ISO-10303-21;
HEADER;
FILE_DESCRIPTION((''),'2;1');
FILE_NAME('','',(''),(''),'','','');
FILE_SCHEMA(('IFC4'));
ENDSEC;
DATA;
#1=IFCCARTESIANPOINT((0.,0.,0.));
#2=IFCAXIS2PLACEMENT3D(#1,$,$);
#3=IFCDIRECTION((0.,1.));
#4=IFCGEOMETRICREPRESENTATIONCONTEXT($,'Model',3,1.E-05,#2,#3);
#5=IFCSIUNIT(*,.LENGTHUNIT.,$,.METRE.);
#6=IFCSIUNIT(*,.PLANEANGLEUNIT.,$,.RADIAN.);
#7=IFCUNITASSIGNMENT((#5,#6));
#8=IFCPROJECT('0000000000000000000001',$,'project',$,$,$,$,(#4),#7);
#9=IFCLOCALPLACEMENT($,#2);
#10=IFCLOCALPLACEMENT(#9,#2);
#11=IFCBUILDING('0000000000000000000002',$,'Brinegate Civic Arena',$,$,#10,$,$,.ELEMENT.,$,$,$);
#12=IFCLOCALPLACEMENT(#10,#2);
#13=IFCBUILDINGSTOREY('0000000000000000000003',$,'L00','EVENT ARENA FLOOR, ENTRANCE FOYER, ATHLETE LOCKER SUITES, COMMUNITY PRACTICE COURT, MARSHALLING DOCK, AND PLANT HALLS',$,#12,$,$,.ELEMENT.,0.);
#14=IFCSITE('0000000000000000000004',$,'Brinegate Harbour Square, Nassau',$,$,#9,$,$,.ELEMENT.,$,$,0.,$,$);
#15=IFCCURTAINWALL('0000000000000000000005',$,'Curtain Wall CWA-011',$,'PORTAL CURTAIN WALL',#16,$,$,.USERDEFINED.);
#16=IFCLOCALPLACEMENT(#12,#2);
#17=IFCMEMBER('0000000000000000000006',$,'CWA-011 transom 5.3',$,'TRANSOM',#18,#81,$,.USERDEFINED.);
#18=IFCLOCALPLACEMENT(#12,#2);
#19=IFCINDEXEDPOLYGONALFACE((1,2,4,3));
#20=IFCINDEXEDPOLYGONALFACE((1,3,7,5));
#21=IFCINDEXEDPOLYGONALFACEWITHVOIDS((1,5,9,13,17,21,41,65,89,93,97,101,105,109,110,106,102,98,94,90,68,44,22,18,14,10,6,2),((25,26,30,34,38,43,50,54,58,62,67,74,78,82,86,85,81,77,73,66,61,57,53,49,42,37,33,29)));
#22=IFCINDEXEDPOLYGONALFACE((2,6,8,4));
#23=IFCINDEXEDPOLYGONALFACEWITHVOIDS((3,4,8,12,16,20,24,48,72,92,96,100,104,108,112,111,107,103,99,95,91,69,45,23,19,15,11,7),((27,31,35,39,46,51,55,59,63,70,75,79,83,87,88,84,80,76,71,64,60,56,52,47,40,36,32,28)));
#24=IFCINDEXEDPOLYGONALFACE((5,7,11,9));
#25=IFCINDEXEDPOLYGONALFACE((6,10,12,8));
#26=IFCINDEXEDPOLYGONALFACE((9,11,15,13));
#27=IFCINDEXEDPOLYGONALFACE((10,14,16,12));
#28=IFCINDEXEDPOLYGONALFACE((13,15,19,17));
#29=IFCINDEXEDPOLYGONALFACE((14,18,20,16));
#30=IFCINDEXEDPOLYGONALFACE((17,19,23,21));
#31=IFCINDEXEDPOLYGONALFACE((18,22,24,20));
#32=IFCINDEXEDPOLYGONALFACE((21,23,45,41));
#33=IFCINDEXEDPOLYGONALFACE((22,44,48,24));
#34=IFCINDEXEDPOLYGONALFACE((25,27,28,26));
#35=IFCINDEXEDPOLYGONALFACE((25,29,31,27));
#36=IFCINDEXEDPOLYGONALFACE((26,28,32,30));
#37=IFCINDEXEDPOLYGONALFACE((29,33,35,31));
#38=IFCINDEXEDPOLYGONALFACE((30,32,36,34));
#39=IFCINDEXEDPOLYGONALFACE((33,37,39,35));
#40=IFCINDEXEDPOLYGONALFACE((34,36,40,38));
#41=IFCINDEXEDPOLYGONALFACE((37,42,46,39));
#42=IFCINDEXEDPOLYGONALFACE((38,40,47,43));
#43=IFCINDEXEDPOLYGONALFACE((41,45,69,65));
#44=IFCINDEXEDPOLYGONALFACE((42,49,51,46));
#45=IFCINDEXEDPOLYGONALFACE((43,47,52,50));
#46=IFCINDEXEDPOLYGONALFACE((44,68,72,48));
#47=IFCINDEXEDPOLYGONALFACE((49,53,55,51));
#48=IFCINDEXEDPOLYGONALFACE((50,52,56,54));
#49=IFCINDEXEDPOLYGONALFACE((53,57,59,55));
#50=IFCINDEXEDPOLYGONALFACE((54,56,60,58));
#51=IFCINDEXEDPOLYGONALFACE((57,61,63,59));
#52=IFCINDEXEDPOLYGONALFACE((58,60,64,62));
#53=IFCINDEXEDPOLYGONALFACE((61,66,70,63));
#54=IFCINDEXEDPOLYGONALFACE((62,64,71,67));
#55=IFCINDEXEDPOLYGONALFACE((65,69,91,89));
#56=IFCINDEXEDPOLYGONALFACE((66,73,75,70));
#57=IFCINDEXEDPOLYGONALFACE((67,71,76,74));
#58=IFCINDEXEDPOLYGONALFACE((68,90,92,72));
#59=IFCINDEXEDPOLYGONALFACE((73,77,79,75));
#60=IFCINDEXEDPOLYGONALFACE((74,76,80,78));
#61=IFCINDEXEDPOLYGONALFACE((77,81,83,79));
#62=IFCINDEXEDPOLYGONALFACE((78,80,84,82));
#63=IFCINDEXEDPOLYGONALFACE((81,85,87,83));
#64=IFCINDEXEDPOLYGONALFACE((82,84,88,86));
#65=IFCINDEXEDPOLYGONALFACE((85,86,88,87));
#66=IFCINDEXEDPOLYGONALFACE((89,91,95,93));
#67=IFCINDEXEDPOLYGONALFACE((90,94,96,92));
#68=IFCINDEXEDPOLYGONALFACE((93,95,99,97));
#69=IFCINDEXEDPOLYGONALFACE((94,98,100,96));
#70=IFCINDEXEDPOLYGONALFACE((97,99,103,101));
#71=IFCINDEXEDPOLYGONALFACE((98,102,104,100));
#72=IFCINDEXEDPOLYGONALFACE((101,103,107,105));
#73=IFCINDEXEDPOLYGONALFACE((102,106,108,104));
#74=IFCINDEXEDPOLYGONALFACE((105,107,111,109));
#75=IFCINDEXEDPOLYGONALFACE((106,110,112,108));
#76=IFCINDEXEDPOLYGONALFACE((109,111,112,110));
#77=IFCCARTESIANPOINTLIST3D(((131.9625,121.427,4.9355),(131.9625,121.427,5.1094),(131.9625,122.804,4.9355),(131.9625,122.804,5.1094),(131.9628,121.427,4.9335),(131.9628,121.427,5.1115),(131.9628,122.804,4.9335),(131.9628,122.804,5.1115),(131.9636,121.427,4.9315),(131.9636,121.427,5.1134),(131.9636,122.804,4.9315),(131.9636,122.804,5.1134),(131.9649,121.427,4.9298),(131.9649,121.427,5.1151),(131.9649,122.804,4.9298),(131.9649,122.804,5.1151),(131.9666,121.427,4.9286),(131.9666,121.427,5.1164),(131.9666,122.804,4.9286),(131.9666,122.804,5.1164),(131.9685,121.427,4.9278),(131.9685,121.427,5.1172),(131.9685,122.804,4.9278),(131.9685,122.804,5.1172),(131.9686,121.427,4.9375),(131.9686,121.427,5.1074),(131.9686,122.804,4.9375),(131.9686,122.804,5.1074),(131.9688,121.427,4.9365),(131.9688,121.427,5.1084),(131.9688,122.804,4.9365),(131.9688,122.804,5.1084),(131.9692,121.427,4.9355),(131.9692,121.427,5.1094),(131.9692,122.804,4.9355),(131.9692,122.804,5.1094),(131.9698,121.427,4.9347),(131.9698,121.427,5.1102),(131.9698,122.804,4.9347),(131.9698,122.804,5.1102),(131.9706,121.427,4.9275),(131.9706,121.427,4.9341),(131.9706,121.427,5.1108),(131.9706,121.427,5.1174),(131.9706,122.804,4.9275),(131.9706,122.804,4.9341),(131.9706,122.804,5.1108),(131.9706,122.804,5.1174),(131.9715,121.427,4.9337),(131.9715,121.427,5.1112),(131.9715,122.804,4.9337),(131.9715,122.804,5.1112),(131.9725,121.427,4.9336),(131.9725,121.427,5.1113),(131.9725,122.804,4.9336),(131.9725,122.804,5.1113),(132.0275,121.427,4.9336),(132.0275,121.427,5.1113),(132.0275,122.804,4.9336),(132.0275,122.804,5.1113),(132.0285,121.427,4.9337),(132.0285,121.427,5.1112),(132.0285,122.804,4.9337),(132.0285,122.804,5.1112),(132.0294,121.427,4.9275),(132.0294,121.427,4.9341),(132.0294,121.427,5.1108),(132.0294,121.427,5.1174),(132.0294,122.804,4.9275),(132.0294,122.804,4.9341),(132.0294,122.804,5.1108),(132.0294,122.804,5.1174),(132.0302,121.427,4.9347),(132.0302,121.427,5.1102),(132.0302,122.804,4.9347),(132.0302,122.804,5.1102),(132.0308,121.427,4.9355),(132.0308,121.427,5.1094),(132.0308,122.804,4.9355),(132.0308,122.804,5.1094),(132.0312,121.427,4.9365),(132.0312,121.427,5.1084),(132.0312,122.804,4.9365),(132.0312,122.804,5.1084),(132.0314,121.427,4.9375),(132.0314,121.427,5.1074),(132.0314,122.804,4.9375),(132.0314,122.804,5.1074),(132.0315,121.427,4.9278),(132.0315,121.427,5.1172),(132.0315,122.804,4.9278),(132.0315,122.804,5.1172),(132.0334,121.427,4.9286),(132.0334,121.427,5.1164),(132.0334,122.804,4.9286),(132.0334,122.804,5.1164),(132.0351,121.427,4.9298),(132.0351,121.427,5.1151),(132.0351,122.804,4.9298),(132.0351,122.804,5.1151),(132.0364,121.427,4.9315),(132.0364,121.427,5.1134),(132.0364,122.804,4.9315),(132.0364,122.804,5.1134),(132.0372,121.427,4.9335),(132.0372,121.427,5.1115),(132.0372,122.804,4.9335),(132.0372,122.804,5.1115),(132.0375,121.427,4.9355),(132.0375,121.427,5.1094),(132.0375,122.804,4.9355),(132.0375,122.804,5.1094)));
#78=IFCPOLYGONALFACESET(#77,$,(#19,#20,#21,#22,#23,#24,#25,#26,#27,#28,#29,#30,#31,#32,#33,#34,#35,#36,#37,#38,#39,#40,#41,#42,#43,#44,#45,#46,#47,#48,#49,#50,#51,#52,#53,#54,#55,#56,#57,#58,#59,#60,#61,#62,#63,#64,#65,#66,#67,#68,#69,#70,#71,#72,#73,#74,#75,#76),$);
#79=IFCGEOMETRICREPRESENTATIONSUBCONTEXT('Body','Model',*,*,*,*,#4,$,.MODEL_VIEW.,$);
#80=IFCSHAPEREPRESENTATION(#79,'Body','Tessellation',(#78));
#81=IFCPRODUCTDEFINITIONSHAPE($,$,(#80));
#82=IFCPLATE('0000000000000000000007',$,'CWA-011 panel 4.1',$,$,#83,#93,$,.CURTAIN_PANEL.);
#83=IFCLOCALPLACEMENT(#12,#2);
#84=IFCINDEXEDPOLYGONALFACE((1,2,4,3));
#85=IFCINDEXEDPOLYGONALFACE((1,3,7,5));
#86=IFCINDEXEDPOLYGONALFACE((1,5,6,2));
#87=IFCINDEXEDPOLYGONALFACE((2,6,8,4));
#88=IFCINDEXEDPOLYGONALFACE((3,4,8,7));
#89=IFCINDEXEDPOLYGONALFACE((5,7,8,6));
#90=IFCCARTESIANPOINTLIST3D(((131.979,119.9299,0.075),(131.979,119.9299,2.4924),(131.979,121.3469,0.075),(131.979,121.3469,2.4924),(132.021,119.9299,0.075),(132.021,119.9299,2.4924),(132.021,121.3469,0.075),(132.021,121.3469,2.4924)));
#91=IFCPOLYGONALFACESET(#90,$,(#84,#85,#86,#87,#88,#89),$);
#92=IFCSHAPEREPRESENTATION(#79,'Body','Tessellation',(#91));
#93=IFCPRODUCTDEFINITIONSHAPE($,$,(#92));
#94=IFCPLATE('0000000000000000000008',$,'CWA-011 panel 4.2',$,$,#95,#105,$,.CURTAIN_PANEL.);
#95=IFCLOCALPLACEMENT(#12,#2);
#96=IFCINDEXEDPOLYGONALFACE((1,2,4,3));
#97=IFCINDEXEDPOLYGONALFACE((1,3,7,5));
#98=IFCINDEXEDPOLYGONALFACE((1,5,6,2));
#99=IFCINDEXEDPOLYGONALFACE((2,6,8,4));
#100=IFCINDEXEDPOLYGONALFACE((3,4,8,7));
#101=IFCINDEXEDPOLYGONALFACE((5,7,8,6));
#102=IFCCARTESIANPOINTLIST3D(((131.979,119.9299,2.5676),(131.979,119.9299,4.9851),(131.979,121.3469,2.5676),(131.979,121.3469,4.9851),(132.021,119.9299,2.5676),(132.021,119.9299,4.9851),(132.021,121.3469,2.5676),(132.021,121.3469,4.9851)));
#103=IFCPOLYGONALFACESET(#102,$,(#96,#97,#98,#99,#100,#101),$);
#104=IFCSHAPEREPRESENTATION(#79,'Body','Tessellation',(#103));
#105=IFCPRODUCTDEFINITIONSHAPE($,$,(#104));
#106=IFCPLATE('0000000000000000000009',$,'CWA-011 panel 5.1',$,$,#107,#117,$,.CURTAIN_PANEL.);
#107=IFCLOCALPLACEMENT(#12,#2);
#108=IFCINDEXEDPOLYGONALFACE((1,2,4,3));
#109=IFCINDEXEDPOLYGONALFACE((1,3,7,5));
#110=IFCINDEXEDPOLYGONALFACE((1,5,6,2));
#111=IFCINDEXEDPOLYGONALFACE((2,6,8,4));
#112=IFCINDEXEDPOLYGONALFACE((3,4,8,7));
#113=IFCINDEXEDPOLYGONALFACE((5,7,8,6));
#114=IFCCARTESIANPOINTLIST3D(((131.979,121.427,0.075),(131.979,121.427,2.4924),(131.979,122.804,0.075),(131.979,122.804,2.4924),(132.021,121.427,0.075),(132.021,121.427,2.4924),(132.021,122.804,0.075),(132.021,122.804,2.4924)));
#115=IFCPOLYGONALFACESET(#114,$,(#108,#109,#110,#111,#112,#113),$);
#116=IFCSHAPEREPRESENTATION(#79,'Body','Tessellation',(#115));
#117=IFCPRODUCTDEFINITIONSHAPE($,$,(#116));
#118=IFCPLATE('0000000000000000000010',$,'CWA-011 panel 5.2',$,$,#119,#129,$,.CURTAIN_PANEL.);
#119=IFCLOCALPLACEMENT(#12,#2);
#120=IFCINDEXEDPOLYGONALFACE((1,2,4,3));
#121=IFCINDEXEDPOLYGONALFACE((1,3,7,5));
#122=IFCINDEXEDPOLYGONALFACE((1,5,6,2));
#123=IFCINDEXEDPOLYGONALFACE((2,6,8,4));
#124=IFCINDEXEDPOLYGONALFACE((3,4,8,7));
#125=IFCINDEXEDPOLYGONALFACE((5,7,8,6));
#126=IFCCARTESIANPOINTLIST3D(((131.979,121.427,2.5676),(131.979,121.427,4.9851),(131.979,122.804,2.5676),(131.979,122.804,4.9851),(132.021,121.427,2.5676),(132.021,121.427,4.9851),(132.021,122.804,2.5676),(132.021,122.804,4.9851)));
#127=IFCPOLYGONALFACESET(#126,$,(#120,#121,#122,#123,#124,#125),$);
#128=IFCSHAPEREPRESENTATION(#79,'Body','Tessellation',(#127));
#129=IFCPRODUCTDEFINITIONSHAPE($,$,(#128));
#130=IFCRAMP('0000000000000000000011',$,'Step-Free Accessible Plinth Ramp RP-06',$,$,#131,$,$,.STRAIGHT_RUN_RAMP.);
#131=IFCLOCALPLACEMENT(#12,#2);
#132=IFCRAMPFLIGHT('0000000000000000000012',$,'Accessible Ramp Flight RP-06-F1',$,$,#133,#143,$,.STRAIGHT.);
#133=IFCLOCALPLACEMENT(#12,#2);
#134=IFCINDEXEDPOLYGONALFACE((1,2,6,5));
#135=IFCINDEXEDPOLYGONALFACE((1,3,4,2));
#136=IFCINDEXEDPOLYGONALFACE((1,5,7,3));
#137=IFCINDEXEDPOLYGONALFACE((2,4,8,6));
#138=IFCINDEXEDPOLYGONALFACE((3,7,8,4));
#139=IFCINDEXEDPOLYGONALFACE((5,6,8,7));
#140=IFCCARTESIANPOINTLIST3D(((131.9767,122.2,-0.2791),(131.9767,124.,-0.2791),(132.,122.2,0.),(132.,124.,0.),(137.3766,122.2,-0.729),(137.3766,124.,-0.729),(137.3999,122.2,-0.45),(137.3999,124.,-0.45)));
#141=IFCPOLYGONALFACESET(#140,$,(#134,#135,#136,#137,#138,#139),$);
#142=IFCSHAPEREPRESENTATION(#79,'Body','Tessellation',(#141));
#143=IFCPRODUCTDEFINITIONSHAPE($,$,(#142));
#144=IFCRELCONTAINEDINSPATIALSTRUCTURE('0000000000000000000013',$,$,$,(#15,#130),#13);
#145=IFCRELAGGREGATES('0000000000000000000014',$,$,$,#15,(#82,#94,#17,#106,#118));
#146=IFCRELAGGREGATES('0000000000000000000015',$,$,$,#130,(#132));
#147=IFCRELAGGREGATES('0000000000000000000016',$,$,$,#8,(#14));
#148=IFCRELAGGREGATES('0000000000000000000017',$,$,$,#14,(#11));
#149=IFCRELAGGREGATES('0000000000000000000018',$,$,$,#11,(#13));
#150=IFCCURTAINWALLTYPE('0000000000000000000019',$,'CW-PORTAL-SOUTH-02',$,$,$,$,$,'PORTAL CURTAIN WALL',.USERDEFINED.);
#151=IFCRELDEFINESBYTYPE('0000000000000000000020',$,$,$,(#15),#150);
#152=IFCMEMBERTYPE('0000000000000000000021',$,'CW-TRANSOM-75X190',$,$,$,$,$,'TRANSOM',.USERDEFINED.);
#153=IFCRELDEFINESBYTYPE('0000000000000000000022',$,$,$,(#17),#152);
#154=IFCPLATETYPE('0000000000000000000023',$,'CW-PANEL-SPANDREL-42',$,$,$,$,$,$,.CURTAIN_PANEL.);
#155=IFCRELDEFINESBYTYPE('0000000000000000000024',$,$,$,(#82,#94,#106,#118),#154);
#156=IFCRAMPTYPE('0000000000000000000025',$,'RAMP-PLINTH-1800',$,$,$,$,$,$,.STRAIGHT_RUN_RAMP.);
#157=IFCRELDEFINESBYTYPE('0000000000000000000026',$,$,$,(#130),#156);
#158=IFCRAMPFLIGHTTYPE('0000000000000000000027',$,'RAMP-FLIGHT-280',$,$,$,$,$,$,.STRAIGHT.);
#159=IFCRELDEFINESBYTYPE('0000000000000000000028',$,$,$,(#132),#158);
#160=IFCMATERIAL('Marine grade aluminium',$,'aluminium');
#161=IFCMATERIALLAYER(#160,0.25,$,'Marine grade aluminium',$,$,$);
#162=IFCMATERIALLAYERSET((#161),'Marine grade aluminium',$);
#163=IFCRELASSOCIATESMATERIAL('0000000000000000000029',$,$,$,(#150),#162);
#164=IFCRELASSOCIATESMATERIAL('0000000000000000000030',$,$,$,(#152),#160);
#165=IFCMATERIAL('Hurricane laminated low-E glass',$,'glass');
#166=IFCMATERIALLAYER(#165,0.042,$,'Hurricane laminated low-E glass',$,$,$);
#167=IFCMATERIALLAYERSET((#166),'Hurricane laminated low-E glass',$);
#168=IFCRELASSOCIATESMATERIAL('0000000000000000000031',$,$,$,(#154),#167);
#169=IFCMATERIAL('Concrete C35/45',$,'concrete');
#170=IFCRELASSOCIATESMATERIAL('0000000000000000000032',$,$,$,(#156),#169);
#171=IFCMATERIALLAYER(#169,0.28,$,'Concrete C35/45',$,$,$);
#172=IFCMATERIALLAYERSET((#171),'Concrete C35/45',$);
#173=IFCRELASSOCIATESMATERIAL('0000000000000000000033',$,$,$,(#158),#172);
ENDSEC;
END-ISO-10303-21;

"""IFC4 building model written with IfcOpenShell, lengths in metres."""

from ifc_helpers import new_model, si_unit, direction, frame, origin, origin_2d, place, context, subcontext, project, spatial, polyline, rectangle, hollow_rectangle, outline, extrude, material, layer, layer_set, material_profile, profile_set, type_object, element, aggregate, save


model = new_model("IFC4")

# Units and contexts
model_context = context("Model", 3, precision=1e-05, world=origin(), true_north=direction((0.0, 1.0)))
body_context = subcontext(model_context, "Body", "Model", "MODEL_VIEW")
ifc_project = project(units=[si_unit("LENGTHUNIT", "METRE"), si_unit("PLANEANGLEUNIT", "RADIAN")], contexts=[model_context])

# Site, building, storey
site_placement = place(None, origin())
site = spatial("IfcSite", under=ifc_project, at=site_placement, Name="Brinegate Harbour Square, Nassau", CompositionType="ELEMENT", RefElevation=0.0)
building_placement = place(site_placement, origin())
building = spatial("IfcBuilding", under=site, at=building_placement, Name="Brinegate Civic Arena", CompositionType="ELEMENT")
storey_placement = place(building_placement, origin())
storey = spatial("IfcBuildingStorey", under=building, at=storey_placement, Name="L00", Description="EVENT ARENA FLOOR, ENTRANCE FOYER, ATHLETE LOCKER SUITES, COMMUNITY PRACTICE COURT, MARSHALLING DOCK, AND PLANT HALLS", CompositionType="ELEMENT", Elevation=0.0)

# Curtain wall, member, plates
ifc_material_1 = material(Name="Marine grade aluminium", Category="aluminium")
ifc_layer_1 = layer(ifc_material_1, 0.25, Name="Marine grade aluminium")
ifc_layer_set_1 = layer_set([ifc_layer_1], Name="Marine grade aluminium")
curtain_wall_type = type_object("IfcCurtainWallType", Name="CW-PORTAL-SOUTH-02", ElementType="PORTAL CURTAIN WALL", PredefinedType="USERDEFINED", material=ifc_layer_set_1)
curtain_wall_placement = place(storey_placement, origin())
curtain_wall = element("IfcCurtainWall", 1, at=curtain_wall_placement, inside=storey, type_object=curtain_wall_type, Name="Curtain Wall CWA-011", ObjectType="PORTAL CURTAIN WALL", PredefinedType="USERDEFINED")
ifc_material_profile_1 = material_profile(ifc_material_1, hollow_rectangle(XDim=0.075, YDim=0.1899, WallThickness=0.0061, InnerFilletRadius=0.0039, OuterFilletRadius=0.0081, at=origin_2d()), Name="TRN75X190")
ifc_profile_set_1 = profile_set([ifc_material_profile_1], Name="Marine grade aluminium")
member_type_1 = type_object("IfcMemberType", Name="CW-TRANSOM-75X190", ElementType="TRANSOM", PredefinedType="USERDEFINED", material=ifc_profile_set_1)
member_1_placement = place(storey_placement, frame((132.0, 121.427, 5.0225), z_axis=(0.0, 1.0, 0.0), x_axis=(-1.0, 0.0, 0.0)))
member_1 = element("IfcMember", 2, at=member_1_placement, type_object=member_type_1, Name="CWA-011 transom 5.3", ObjectType="TRANSOM", PredefinedType="USERDEFINED", context=body_context, shape_type="SweptSolid", body=[
    extrude(hollow_rectangle(XDim=0.075, YDim=0.1899, WallThickness=0.0061, InnerFilletRadius=0.0039, OuterFilletRadius=0.0081, at=origin_2d()), origin(), (0.0, 0.0, 1.0), 1.377),
])
ifc_material_2 = material(Name="Hurricane laminated low-E glass", Category="glass")
ifc_layer_2 = layer(ifc_material_2, 0.042, Name="Hurricane laminated low-E glass")
ifc_layer_set_2 = layer_set([ifc_layer_2], Name="Hurricane laminated low-E glass")
plate_type = type_object("IfcPlateType", Name="CW-PANEL-SPANDREL-42", PredefinedType="CURTAIN_PANEL", material=ifc_layer_set_2)
plate_1_placement = place(storey_placement, frame((132.0, 120.6384, 0.075), z_axis=(0.0, 0.0, 1.0), x_axis=(0.0, 1.0, 0.0)))
plate_1 = element("IfcPlate", 3, at=plate_1_placement, type_object=plate_type, Name="CWA-011 panel 4.1", PredefinedType="CURTAIN_PANEL", context=body_context, shape_type="SweptSolid", body=[
    extrude(rectangle(XDim=1.417, YDim=0.042, at=origin_2d()), origin(), (0.0, 0.0, 1.0), 2.4175),
])
plate_2_placement = place(storey_placement, frame((132.0, 120.6384, 2.5676), z_axis=(0.0, 0.0, 1.0), x_axis=(0.0, 1.0, 0.0)))
plate_2 = element("IfcPlate", 4, at=plate_2_placement, type_object=plate_type, Name="CWA-011 panel 4.2", PredefinedType="CURTAIN_PANEL", context=body_context, shape_type="SweptSolid", body=[
    extrude(rectangle(XDim=1.417, YDim=0.042, at=origin_2d()), origin(), (0.0, 0.0, 1.0), 2.4175),
])
plate_3_placement = place(storey_placement, frame((132.0, 122.1155, 0.075), z_axis=(0.0, 0.0, 1.0), x_axis=(0.0, 1.0, 0.0)))
plate_3 = element("IfcPlate", 5, at=plate_3_placement, type_object=plate_type, Name="CWA-011 panel 5.1", PredefinedType="CURTAIN_PANEL", context=body_context, shape_type="SweptSolid", body=[
    extrude(rectangle(XDim=1.377, YDim=0.042, at=origin_2d()), origin(), (0.0, 0.0, 1.0), 2.4175),
])
plate_4_placement = place(storey_placement, frame((132.0, 122.1155, 2.5676), z_axis=(0.0, 0.0, 1.0), x_axis=(0.0, 1.0, 0.0)))
plate_4 = element("IfcPlate", 6, at=plate_4_placement, type_object=plate_type, Name="CWA-011 panel 5.2", PredefinedType="CURTAIN_PANEL", context=body_context, shape_type="SweptSolid", body=[
    extrude(rectangle(XDim=1.377, YDim=0.042, at=origin_2d()), origin(), (0.0, 0.0, 1.0), 2.4175),
])
aggregate(curtain_wall, [plate_1, plate_2, member_1, plate_3, plate_4])

# Ramp, ramp flight
ifc_material_3 = material(Name="Concrete C35/45", Category="concrete")
ramp_type = type_object("IfcRampType", Name="RAMP-PLINTH-1800", PredefinedType="STRAIGHT_RUN_RAMP", material=ifc_material_3)
ramp_placement = place(storey_placement, origin())
ramp = element("IfcRamp", 7, at=ramp_placement, inside=storey, type_object=ramp_type, Name="Step-Free Accessible Plinth Ramp RP-06", PredefinedType="STRAIGHT_RUN_RAMP")
ifc_layer_3 = layer(ifc_material_3, 0.28, Name="Concrete C35/45")
ifc_layer_set_3 = layer_set([ifc_layer_3], Name="Concrete C35/45")
ramp_flight_type = type_object("IfcRampFlightType", Name="RAMP-FLIGHT-280", PredefinedType="STRAIGHT", material=ifc_layer_set_3)
ramp_flight_placement = place(storey_placement, frame((137.3999, 124.0, -0.45), z_axis=(0.083038, 0.0, 0.996546), x_axis=(-0.996546, 0.0, 0.083038)))
ramp_flight = element("IfcRampFlight", 8, at=ramp_flight_placement, type_object=ramp_flight_type, Name="Accessible Ramp Flight RP-06-F1", PredefinedType="STRAIGHT", context=body_context, shape_type="SweptSolid", body=[
    extrude(outline(polyline([(0.0, 0.0), (5.4186, 0.0), (5.4186, 1.8), (0.0, 1.8), (0.0, 0.0)])), origin(), (0.0, 0.0, -1.0), 0.28),
])
aggregate(ramp, [ramp_flight])

save(model, "model.ifc")
